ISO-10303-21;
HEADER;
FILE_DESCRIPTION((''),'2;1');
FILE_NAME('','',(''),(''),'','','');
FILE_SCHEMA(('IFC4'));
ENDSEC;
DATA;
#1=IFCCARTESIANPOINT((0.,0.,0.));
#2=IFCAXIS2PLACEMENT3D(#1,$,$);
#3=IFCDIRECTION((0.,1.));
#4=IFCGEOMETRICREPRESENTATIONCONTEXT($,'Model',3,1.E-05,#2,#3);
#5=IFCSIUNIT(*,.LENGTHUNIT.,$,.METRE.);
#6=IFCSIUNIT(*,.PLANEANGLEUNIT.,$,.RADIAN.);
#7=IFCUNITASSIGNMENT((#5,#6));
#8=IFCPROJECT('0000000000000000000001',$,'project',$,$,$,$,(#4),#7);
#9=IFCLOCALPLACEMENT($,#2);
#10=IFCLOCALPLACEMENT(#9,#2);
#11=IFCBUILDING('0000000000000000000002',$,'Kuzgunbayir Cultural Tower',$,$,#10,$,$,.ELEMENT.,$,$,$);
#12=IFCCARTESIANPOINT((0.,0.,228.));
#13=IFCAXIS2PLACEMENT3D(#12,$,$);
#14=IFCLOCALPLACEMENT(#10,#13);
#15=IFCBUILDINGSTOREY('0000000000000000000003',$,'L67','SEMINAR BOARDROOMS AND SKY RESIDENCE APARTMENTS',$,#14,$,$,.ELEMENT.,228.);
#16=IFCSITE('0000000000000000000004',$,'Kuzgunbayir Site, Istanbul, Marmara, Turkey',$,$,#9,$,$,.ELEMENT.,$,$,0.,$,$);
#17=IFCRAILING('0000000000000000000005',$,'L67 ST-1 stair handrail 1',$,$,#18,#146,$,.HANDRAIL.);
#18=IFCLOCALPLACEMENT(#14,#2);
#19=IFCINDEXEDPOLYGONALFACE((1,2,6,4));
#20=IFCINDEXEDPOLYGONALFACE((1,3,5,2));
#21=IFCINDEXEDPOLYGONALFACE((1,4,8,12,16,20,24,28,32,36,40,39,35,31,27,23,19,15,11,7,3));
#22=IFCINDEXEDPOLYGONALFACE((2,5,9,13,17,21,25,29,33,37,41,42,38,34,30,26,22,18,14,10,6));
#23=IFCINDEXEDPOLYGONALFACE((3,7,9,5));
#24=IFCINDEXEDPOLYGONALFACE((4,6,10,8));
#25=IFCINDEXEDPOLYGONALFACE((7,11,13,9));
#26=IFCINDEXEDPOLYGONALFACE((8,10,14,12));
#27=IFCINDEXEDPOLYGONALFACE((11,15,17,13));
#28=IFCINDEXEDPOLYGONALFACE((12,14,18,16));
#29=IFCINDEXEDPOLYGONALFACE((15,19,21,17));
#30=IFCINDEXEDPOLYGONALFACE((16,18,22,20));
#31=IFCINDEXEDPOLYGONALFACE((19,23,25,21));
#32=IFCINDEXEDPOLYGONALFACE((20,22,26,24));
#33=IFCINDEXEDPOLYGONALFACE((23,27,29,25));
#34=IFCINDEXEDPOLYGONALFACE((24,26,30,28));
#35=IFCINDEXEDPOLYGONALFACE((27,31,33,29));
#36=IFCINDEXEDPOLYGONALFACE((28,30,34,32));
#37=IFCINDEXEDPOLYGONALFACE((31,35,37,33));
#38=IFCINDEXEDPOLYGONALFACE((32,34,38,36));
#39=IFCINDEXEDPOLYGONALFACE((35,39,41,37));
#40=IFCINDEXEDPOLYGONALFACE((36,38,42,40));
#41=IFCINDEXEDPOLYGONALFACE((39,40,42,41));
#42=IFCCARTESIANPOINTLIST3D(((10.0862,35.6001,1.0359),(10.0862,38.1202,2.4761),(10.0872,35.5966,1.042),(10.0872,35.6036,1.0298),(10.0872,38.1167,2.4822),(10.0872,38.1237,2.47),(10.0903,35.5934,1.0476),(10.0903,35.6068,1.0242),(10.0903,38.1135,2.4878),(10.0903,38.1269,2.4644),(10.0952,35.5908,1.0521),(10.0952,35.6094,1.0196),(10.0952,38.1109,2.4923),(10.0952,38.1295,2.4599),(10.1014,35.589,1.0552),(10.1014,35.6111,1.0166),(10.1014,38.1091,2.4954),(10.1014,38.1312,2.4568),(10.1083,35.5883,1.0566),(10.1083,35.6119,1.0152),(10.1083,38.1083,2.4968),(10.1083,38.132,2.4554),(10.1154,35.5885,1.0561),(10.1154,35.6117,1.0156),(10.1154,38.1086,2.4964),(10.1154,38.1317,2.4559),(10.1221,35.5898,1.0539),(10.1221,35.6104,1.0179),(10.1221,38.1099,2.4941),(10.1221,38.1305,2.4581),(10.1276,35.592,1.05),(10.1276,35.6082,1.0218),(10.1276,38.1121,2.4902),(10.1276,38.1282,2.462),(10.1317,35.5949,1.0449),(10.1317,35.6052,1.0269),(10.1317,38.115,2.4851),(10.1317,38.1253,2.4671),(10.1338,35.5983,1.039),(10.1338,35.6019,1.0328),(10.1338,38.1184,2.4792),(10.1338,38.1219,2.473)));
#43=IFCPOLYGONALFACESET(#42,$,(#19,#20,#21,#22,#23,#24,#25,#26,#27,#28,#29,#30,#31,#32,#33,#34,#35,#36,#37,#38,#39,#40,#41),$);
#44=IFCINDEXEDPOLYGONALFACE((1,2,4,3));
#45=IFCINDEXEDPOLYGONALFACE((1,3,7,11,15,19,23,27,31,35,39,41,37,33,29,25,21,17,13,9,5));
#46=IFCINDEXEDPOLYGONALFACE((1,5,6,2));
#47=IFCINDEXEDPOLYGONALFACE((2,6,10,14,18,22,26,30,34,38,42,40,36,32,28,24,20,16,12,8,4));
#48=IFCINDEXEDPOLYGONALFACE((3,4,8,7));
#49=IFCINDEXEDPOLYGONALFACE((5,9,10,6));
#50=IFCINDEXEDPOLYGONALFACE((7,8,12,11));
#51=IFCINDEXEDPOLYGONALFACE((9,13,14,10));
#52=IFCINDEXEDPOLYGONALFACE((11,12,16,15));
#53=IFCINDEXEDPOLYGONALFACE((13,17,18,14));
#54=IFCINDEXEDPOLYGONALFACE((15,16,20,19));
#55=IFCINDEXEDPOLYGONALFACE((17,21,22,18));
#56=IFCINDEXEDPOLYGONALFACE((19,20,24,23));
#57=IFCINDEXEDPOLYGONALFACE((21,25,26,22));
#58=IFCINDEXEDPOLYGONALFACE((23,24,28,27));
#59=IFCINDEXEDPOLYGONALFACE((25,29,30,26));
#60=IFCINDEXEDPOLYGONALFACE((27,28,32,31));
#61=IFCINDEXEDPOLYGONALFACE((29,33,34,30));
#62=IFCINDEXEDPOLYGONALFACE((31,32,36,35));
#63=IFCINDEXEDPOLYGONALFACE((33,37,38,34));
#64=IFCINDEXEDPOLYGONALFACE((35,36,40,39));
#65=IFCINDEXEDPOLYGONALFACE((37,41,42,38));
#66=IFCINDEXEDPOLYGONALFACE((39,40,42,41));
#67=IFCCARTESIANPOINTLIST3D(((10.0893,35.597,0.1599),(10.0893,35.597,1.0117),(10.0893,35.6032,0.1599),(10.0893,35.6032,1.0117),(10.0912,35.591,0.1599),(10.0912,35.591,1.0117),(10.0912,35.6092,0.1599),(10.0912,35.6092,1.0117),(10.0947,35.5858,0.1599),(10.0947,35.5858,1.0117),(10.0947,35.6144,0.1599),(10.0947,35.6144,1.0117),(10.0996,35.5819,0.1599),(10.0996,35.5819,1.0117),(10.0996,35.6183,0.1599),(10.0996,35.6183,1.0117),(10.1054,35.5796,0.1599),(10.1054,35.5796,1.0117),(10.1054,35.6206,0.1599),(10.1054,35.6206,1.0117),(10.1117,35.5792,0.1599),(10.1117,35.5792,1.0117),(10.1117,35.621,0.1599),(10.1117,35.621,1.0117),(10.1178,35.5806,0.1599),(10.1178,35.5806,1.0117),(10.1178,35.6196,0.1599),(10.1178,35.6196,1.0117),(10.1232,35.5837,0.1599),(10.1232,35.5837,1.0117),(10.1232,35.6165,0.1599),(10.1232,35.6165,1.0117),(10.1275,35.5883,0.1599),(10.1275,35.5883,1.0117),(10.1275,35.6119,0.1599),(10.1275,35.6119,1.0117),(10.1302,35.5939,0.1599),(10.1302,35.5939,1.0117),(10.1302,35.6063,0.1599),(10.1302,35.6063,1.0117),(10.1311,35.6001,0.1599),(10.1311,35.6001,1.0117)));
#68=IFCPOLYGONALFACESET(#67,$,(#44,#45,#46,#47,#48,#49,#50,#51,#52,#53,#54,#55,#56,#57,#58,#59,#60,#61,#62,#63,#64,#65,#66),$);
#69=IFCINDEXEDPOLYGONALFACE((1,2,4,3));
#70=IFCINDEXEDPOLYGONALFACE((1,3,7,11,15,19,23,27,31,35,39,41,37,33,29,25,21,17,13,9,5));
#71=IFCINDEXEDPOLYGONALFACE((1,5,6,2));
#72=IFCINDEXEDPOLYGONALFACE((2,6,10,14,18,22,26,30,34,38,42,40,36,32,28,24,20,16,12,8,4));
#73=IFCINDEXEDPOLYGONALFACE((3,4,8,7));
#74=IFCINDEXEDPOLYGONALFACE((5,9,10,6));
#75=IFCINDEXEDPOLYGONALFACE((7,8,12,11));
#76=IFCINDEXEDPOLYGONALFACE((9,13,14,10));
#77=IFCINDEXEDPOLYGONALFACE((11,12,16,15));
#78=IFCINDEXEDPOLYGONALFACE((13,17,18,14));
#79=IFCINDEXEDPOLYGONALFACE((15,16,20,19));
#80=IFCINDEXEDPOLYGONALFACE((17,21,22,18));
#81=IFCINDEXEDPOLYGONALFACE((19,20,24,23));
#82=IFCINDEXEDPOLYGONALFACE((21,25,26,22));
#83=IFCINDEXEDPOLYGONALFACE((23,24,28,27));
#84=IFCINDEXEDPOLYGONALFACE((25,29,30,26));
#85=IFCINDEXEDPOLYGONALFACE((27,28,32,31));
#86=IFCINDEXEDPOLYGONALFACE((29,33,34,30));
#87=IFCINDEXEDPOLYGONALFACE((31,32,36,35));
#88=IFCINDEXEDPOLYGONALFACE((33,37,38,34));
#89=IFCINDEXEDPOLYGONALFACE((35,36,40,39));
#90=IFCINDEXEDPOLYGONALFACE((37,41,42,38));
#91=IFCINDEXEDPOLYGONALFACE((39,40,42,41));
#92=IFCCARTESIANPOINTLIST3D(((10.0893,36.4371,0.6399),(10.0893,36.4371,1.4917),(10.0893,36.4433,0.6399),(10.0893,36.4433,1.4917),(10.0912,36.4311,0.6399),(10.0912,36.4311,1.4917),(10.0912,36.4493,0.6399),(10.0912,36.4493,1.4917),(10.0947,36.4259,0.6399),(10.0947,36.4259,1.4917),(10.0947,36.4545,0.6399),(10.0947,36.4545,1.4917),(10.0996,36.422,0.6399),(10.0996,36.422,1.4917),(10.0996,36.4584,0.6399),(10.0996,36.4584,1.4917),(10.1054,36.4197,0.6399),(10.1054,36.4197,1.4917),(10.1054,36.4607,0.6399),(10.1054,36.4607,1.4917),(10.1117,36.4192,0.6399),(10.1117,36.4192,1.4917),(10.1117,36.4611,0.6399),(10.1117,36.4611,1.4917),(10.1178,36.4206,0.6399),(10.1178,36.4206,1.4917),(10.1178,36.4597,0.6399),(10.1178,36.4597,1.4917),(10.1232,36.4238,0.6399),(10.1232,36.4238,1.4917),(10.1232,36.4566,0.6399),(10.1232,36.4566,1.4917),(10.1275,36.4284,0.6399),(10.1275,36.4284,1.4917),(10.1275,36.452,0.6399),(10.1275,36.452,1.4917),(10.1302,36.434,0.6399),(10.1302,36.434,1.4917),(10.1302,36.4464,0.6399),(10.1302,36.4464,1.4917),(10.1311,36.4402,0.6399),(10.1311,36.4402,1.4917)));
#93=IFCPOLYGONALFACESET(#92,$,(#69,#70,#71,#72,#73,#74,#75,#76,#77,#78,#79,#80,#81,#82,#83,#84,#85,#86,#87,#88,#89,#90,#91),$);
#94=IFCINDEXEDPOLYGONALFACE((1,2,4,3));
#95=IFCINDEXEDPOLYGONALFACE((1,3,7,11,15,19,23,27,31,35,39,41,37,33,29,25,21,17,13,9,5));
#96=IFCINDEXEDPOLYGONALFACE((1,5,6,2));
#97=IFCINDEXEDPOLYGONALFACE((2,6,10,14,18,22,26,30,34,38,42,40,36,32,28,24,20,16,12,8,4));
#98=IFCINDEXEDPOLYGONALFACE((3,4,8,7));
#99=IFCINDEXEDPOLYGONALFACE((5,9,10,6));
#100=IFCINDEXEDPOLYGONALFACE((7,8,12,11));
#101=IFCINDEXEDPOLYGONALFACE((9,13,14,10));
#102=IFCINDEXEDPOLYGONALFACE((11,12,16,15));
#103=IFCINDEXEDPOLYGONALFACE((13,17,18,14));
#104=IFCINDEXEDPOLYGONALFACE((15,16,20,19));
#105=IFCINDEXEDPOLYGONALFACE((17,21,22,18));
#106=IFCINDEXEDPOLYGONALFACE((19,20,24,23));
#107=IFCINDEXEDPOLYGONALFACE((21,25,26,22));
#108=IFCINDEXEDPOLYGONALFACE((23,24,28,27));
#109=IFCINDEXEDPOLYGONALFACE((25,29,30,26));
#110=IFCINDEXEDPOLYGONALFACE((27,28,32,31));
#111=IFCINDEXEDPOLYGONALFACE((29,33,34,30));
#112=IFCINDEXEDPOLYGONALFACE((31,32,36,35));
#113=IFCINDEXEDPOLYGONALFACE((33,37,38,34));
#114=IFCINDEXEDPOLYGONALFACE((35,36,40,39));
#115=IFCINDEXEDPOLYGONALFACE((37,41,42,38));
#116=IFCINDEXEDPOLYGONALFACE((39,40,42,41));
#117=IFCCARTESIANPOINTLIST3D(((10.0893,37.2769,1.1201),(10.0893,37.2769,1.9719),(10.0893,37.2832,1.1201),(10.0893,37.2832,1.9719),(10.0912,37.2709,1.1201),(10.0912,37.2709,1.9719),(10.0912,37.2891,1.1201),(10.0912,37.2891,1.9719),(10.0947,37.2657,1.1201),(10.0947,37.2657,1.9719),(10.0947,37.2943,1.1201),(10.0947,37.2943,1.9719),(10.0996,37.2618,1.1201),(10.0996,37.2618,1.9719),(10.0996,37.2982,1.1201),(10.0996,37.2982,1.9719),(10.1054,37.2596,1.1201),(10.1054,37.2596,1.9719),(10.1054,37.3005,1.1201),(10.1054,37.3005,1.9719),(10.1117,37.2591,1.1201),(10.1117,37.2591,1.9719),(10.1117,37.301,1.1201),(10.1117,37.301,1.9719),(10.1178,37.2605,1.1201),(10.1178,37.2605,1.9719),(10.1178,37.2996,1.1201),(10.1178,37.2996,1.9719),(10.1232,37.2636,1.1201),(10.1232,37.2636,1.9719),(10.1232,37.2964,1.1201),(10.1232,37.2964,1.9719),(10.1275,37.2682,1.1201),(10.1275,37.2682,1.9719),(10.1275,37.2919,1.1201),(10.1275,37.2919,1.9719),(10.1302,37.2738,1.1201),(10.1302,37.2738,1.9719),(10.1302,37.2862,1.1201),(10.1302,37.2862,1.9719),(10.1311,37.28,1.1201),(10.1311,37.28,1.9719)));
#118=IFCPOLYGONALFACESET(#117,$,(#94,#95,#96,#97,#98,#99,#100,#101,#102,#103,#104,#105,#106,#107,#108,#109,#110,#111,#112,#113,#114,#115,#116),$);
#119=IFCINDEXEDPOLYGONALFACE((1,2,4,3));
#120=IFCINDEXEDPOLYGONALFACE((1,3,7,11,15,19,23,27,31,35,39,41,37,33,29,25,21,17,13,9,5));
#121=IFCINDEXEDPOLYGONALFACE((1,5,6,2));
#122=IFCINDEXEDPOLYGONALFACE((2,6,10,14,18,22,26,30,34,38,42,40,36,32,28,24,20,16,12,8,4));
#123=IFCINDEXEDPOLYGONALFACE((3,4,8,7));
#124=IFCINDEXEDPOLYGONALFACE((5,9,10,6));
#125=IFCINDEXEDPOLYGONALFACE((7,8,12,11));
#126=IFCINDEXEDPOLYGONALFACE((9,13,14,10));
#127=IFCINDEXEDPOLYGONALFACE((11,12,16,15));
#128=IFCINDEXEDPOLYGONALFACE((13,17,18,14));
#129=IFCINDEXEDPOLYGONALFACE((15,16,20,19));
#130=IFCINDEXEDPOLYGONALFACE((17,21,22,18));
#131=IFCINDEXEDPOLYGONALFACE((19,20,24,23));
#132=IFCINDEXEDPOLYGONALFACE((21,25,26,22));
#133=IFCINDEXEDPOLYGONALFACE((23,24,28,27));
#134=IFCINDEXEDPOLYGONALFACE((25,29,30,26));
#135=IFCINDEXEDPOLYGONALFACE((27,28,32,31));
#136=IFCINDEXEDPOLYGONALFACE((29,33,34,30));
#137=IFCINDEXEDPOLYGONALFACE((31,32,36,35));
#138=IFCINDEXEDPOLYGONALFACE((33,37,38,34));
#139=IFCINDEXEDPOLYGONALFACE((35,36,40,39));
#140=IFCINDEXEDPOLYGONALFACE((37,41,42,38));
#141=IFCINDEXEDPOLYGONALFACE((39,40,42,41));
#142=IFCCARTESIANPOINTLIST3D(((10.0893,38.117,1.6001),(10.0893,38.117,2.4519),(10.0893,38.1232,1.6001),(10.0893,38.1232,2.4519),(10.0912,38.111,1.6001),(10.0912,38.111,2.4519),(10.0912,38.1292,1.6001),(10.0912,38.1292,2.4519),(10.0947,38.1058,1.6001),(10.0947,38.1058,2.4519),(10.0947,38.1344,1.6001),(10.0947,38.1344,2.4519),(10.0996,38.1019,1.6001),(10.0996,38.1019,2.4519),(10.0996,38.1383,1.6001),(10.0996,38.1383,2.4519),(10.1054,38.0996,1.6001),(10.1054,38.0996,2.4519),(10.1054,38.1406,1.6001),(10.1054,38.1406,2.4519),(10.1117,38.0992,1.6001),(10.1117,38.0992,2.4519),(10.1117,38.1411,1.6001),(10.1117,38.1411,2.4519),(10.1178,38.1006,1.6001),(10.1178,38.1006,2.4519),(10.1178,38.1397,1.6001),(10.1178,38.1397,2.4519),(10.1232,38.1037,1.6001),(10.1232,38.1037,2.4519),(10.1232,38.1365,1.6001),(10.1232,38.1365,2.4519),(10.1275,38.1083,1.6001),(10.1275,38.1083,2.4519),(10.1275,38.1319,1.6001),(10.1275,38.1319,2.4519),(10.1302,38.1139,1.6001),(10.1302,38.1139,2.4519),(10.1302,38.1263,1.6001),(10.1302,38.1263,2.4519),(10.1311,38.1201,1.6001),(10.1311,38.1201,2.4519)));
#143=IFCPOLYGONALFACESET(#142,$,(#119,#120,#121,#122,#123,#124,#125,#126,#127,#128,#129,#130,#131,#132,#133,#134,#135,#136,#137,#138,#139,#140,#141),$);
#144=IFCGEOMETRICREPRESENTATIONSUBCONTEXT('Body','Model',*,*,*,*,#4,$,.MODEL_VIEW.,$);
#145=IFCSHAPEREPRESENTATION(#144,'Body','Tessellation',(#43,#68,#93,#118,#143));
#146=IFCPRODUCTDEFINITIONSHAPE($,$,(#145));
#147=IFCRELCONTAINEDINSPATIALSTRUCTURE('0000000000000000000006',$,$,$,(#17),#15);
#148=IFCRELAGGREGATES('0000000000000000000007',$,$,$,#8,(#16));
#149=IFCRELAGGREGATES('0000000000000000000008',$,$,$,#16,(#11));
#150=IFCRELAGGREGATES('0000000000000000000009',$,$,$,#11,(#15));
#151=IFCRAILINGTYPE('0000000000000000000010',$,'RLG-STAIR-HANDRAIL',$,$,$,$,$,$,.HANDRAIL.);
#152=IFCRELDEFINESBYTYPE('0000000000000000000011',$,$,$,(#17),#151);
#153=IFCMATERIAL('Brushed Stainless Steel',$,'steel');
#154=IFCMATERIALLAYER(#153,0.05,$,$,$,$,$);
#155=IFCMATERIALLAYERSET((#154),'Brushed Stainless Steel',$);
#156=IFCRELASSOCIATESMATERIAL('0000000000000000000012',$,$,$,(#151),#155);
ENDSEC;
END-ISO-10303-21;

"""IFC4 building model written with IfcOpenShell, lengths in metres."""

from ifc_helpers import new_model, si_unit, direction, frame, origin, origin_2d, place, context, subcontext, project, spatial, circle, extrude, material, layer, layer_set, type_object, element, save


model = new_model("IFC4")

# Units and contexts
model_context = context("Model", 3, precision=1e-05, world=origin(), true_north=direction((0.0, 1.0)))
body_context = subcontext(model_context, "Body", "Model", "MODEL_VIEW")
ifc_project = project(units=[si_unit("LENGTHUNIT", "METRE"), si_unit("PLANEANGLEUNIT", "RADIAN")], contexts=[model_context])

# Site, building, storey
site_placement = place(None, origin())
site = spatial("IfcSite", under=ifc_project, at=site_placement, Name="Kuzgunbayir Site, Istanbul, Marmara, Turkey", CompositionType="ELEMENT", RefElevation=0.0)
building_placement = place(site_placement, origin())
building = spatial("IfcBuilding", under=site, at=building_placement, Name="Kuzgunbayir Cultural Tower", CompositionType="ELEMENT")
storey_placement = place(building_placement, frame((0.0, 0.0, 228.0)))
storey = spatial("IfcBuildingStorey", under=building, at=storey_placement, Name="L67", Description="SEMINAR BOARDROOMS AND SKY RESIDENCE APARTMENTS", CompositionType="ELEMENT", Elevation=228.0)

# Shared definitions
ifc_material_1 = material(Name="Brushed Stainless Steel", Category="steel")

# Railing
ifc_layer_1 = layer(ifc_material_1, 0.05)
ifc_layer_set_1 = layer_set([ifc_layer_1], Name="Brushed Stainless Steel")
railing_type_1 = type_object("IfcRailingType", Name="RLG-STAIR-HANDRAIL", PredefinedType="HANDRAIL", material=ifc_layer_set_1)
railing_1_placement = place(storey_placement, frame((10.1101, 35.6001, 0.1599)))
element("IfcRailing", 1, at=railing_1_placement, inside=storey, type_object=railing_type_1, Name="L67 ST-1 stair handrail 1", PredefinedType="HANDRAIL", context=body_context, shape_type="SweptSolid", body=[
    extrude(circle(Radius=0.0239, at=origin_2d()), frame((0.0, 0.0, 0.876), z_axis=(0.0, 0.868217, 0.496184), x_axis=(-1.0, 0.0, 0.0)), (0.0, 0.0, 1.0), 2.9026),
    extrude(circle(Radius=0.021, at=origin_2d()), origin(), (0.0, 0.0, 1.0), 0.8518),
    extrude(circle(Radius=0.021, at=origin_2d()), frame((0.0, 0.8401, 0.48)), (0.0, 0.0, 1.0), 0.8518),
    extrude(circle(Radius=0.021, at=origin_2d()), frame((0.0, 1.6799, 0.9602)), (0.0, 0.0, 1.0), 0.8518),
    extrude(circle(Radius=0.021, at=origin_2d()), frame((0.0, 2.52, 1.4402)), (0.0, 0.0, 1.0), 0.8518),
])

save(model, "model.ifc")
